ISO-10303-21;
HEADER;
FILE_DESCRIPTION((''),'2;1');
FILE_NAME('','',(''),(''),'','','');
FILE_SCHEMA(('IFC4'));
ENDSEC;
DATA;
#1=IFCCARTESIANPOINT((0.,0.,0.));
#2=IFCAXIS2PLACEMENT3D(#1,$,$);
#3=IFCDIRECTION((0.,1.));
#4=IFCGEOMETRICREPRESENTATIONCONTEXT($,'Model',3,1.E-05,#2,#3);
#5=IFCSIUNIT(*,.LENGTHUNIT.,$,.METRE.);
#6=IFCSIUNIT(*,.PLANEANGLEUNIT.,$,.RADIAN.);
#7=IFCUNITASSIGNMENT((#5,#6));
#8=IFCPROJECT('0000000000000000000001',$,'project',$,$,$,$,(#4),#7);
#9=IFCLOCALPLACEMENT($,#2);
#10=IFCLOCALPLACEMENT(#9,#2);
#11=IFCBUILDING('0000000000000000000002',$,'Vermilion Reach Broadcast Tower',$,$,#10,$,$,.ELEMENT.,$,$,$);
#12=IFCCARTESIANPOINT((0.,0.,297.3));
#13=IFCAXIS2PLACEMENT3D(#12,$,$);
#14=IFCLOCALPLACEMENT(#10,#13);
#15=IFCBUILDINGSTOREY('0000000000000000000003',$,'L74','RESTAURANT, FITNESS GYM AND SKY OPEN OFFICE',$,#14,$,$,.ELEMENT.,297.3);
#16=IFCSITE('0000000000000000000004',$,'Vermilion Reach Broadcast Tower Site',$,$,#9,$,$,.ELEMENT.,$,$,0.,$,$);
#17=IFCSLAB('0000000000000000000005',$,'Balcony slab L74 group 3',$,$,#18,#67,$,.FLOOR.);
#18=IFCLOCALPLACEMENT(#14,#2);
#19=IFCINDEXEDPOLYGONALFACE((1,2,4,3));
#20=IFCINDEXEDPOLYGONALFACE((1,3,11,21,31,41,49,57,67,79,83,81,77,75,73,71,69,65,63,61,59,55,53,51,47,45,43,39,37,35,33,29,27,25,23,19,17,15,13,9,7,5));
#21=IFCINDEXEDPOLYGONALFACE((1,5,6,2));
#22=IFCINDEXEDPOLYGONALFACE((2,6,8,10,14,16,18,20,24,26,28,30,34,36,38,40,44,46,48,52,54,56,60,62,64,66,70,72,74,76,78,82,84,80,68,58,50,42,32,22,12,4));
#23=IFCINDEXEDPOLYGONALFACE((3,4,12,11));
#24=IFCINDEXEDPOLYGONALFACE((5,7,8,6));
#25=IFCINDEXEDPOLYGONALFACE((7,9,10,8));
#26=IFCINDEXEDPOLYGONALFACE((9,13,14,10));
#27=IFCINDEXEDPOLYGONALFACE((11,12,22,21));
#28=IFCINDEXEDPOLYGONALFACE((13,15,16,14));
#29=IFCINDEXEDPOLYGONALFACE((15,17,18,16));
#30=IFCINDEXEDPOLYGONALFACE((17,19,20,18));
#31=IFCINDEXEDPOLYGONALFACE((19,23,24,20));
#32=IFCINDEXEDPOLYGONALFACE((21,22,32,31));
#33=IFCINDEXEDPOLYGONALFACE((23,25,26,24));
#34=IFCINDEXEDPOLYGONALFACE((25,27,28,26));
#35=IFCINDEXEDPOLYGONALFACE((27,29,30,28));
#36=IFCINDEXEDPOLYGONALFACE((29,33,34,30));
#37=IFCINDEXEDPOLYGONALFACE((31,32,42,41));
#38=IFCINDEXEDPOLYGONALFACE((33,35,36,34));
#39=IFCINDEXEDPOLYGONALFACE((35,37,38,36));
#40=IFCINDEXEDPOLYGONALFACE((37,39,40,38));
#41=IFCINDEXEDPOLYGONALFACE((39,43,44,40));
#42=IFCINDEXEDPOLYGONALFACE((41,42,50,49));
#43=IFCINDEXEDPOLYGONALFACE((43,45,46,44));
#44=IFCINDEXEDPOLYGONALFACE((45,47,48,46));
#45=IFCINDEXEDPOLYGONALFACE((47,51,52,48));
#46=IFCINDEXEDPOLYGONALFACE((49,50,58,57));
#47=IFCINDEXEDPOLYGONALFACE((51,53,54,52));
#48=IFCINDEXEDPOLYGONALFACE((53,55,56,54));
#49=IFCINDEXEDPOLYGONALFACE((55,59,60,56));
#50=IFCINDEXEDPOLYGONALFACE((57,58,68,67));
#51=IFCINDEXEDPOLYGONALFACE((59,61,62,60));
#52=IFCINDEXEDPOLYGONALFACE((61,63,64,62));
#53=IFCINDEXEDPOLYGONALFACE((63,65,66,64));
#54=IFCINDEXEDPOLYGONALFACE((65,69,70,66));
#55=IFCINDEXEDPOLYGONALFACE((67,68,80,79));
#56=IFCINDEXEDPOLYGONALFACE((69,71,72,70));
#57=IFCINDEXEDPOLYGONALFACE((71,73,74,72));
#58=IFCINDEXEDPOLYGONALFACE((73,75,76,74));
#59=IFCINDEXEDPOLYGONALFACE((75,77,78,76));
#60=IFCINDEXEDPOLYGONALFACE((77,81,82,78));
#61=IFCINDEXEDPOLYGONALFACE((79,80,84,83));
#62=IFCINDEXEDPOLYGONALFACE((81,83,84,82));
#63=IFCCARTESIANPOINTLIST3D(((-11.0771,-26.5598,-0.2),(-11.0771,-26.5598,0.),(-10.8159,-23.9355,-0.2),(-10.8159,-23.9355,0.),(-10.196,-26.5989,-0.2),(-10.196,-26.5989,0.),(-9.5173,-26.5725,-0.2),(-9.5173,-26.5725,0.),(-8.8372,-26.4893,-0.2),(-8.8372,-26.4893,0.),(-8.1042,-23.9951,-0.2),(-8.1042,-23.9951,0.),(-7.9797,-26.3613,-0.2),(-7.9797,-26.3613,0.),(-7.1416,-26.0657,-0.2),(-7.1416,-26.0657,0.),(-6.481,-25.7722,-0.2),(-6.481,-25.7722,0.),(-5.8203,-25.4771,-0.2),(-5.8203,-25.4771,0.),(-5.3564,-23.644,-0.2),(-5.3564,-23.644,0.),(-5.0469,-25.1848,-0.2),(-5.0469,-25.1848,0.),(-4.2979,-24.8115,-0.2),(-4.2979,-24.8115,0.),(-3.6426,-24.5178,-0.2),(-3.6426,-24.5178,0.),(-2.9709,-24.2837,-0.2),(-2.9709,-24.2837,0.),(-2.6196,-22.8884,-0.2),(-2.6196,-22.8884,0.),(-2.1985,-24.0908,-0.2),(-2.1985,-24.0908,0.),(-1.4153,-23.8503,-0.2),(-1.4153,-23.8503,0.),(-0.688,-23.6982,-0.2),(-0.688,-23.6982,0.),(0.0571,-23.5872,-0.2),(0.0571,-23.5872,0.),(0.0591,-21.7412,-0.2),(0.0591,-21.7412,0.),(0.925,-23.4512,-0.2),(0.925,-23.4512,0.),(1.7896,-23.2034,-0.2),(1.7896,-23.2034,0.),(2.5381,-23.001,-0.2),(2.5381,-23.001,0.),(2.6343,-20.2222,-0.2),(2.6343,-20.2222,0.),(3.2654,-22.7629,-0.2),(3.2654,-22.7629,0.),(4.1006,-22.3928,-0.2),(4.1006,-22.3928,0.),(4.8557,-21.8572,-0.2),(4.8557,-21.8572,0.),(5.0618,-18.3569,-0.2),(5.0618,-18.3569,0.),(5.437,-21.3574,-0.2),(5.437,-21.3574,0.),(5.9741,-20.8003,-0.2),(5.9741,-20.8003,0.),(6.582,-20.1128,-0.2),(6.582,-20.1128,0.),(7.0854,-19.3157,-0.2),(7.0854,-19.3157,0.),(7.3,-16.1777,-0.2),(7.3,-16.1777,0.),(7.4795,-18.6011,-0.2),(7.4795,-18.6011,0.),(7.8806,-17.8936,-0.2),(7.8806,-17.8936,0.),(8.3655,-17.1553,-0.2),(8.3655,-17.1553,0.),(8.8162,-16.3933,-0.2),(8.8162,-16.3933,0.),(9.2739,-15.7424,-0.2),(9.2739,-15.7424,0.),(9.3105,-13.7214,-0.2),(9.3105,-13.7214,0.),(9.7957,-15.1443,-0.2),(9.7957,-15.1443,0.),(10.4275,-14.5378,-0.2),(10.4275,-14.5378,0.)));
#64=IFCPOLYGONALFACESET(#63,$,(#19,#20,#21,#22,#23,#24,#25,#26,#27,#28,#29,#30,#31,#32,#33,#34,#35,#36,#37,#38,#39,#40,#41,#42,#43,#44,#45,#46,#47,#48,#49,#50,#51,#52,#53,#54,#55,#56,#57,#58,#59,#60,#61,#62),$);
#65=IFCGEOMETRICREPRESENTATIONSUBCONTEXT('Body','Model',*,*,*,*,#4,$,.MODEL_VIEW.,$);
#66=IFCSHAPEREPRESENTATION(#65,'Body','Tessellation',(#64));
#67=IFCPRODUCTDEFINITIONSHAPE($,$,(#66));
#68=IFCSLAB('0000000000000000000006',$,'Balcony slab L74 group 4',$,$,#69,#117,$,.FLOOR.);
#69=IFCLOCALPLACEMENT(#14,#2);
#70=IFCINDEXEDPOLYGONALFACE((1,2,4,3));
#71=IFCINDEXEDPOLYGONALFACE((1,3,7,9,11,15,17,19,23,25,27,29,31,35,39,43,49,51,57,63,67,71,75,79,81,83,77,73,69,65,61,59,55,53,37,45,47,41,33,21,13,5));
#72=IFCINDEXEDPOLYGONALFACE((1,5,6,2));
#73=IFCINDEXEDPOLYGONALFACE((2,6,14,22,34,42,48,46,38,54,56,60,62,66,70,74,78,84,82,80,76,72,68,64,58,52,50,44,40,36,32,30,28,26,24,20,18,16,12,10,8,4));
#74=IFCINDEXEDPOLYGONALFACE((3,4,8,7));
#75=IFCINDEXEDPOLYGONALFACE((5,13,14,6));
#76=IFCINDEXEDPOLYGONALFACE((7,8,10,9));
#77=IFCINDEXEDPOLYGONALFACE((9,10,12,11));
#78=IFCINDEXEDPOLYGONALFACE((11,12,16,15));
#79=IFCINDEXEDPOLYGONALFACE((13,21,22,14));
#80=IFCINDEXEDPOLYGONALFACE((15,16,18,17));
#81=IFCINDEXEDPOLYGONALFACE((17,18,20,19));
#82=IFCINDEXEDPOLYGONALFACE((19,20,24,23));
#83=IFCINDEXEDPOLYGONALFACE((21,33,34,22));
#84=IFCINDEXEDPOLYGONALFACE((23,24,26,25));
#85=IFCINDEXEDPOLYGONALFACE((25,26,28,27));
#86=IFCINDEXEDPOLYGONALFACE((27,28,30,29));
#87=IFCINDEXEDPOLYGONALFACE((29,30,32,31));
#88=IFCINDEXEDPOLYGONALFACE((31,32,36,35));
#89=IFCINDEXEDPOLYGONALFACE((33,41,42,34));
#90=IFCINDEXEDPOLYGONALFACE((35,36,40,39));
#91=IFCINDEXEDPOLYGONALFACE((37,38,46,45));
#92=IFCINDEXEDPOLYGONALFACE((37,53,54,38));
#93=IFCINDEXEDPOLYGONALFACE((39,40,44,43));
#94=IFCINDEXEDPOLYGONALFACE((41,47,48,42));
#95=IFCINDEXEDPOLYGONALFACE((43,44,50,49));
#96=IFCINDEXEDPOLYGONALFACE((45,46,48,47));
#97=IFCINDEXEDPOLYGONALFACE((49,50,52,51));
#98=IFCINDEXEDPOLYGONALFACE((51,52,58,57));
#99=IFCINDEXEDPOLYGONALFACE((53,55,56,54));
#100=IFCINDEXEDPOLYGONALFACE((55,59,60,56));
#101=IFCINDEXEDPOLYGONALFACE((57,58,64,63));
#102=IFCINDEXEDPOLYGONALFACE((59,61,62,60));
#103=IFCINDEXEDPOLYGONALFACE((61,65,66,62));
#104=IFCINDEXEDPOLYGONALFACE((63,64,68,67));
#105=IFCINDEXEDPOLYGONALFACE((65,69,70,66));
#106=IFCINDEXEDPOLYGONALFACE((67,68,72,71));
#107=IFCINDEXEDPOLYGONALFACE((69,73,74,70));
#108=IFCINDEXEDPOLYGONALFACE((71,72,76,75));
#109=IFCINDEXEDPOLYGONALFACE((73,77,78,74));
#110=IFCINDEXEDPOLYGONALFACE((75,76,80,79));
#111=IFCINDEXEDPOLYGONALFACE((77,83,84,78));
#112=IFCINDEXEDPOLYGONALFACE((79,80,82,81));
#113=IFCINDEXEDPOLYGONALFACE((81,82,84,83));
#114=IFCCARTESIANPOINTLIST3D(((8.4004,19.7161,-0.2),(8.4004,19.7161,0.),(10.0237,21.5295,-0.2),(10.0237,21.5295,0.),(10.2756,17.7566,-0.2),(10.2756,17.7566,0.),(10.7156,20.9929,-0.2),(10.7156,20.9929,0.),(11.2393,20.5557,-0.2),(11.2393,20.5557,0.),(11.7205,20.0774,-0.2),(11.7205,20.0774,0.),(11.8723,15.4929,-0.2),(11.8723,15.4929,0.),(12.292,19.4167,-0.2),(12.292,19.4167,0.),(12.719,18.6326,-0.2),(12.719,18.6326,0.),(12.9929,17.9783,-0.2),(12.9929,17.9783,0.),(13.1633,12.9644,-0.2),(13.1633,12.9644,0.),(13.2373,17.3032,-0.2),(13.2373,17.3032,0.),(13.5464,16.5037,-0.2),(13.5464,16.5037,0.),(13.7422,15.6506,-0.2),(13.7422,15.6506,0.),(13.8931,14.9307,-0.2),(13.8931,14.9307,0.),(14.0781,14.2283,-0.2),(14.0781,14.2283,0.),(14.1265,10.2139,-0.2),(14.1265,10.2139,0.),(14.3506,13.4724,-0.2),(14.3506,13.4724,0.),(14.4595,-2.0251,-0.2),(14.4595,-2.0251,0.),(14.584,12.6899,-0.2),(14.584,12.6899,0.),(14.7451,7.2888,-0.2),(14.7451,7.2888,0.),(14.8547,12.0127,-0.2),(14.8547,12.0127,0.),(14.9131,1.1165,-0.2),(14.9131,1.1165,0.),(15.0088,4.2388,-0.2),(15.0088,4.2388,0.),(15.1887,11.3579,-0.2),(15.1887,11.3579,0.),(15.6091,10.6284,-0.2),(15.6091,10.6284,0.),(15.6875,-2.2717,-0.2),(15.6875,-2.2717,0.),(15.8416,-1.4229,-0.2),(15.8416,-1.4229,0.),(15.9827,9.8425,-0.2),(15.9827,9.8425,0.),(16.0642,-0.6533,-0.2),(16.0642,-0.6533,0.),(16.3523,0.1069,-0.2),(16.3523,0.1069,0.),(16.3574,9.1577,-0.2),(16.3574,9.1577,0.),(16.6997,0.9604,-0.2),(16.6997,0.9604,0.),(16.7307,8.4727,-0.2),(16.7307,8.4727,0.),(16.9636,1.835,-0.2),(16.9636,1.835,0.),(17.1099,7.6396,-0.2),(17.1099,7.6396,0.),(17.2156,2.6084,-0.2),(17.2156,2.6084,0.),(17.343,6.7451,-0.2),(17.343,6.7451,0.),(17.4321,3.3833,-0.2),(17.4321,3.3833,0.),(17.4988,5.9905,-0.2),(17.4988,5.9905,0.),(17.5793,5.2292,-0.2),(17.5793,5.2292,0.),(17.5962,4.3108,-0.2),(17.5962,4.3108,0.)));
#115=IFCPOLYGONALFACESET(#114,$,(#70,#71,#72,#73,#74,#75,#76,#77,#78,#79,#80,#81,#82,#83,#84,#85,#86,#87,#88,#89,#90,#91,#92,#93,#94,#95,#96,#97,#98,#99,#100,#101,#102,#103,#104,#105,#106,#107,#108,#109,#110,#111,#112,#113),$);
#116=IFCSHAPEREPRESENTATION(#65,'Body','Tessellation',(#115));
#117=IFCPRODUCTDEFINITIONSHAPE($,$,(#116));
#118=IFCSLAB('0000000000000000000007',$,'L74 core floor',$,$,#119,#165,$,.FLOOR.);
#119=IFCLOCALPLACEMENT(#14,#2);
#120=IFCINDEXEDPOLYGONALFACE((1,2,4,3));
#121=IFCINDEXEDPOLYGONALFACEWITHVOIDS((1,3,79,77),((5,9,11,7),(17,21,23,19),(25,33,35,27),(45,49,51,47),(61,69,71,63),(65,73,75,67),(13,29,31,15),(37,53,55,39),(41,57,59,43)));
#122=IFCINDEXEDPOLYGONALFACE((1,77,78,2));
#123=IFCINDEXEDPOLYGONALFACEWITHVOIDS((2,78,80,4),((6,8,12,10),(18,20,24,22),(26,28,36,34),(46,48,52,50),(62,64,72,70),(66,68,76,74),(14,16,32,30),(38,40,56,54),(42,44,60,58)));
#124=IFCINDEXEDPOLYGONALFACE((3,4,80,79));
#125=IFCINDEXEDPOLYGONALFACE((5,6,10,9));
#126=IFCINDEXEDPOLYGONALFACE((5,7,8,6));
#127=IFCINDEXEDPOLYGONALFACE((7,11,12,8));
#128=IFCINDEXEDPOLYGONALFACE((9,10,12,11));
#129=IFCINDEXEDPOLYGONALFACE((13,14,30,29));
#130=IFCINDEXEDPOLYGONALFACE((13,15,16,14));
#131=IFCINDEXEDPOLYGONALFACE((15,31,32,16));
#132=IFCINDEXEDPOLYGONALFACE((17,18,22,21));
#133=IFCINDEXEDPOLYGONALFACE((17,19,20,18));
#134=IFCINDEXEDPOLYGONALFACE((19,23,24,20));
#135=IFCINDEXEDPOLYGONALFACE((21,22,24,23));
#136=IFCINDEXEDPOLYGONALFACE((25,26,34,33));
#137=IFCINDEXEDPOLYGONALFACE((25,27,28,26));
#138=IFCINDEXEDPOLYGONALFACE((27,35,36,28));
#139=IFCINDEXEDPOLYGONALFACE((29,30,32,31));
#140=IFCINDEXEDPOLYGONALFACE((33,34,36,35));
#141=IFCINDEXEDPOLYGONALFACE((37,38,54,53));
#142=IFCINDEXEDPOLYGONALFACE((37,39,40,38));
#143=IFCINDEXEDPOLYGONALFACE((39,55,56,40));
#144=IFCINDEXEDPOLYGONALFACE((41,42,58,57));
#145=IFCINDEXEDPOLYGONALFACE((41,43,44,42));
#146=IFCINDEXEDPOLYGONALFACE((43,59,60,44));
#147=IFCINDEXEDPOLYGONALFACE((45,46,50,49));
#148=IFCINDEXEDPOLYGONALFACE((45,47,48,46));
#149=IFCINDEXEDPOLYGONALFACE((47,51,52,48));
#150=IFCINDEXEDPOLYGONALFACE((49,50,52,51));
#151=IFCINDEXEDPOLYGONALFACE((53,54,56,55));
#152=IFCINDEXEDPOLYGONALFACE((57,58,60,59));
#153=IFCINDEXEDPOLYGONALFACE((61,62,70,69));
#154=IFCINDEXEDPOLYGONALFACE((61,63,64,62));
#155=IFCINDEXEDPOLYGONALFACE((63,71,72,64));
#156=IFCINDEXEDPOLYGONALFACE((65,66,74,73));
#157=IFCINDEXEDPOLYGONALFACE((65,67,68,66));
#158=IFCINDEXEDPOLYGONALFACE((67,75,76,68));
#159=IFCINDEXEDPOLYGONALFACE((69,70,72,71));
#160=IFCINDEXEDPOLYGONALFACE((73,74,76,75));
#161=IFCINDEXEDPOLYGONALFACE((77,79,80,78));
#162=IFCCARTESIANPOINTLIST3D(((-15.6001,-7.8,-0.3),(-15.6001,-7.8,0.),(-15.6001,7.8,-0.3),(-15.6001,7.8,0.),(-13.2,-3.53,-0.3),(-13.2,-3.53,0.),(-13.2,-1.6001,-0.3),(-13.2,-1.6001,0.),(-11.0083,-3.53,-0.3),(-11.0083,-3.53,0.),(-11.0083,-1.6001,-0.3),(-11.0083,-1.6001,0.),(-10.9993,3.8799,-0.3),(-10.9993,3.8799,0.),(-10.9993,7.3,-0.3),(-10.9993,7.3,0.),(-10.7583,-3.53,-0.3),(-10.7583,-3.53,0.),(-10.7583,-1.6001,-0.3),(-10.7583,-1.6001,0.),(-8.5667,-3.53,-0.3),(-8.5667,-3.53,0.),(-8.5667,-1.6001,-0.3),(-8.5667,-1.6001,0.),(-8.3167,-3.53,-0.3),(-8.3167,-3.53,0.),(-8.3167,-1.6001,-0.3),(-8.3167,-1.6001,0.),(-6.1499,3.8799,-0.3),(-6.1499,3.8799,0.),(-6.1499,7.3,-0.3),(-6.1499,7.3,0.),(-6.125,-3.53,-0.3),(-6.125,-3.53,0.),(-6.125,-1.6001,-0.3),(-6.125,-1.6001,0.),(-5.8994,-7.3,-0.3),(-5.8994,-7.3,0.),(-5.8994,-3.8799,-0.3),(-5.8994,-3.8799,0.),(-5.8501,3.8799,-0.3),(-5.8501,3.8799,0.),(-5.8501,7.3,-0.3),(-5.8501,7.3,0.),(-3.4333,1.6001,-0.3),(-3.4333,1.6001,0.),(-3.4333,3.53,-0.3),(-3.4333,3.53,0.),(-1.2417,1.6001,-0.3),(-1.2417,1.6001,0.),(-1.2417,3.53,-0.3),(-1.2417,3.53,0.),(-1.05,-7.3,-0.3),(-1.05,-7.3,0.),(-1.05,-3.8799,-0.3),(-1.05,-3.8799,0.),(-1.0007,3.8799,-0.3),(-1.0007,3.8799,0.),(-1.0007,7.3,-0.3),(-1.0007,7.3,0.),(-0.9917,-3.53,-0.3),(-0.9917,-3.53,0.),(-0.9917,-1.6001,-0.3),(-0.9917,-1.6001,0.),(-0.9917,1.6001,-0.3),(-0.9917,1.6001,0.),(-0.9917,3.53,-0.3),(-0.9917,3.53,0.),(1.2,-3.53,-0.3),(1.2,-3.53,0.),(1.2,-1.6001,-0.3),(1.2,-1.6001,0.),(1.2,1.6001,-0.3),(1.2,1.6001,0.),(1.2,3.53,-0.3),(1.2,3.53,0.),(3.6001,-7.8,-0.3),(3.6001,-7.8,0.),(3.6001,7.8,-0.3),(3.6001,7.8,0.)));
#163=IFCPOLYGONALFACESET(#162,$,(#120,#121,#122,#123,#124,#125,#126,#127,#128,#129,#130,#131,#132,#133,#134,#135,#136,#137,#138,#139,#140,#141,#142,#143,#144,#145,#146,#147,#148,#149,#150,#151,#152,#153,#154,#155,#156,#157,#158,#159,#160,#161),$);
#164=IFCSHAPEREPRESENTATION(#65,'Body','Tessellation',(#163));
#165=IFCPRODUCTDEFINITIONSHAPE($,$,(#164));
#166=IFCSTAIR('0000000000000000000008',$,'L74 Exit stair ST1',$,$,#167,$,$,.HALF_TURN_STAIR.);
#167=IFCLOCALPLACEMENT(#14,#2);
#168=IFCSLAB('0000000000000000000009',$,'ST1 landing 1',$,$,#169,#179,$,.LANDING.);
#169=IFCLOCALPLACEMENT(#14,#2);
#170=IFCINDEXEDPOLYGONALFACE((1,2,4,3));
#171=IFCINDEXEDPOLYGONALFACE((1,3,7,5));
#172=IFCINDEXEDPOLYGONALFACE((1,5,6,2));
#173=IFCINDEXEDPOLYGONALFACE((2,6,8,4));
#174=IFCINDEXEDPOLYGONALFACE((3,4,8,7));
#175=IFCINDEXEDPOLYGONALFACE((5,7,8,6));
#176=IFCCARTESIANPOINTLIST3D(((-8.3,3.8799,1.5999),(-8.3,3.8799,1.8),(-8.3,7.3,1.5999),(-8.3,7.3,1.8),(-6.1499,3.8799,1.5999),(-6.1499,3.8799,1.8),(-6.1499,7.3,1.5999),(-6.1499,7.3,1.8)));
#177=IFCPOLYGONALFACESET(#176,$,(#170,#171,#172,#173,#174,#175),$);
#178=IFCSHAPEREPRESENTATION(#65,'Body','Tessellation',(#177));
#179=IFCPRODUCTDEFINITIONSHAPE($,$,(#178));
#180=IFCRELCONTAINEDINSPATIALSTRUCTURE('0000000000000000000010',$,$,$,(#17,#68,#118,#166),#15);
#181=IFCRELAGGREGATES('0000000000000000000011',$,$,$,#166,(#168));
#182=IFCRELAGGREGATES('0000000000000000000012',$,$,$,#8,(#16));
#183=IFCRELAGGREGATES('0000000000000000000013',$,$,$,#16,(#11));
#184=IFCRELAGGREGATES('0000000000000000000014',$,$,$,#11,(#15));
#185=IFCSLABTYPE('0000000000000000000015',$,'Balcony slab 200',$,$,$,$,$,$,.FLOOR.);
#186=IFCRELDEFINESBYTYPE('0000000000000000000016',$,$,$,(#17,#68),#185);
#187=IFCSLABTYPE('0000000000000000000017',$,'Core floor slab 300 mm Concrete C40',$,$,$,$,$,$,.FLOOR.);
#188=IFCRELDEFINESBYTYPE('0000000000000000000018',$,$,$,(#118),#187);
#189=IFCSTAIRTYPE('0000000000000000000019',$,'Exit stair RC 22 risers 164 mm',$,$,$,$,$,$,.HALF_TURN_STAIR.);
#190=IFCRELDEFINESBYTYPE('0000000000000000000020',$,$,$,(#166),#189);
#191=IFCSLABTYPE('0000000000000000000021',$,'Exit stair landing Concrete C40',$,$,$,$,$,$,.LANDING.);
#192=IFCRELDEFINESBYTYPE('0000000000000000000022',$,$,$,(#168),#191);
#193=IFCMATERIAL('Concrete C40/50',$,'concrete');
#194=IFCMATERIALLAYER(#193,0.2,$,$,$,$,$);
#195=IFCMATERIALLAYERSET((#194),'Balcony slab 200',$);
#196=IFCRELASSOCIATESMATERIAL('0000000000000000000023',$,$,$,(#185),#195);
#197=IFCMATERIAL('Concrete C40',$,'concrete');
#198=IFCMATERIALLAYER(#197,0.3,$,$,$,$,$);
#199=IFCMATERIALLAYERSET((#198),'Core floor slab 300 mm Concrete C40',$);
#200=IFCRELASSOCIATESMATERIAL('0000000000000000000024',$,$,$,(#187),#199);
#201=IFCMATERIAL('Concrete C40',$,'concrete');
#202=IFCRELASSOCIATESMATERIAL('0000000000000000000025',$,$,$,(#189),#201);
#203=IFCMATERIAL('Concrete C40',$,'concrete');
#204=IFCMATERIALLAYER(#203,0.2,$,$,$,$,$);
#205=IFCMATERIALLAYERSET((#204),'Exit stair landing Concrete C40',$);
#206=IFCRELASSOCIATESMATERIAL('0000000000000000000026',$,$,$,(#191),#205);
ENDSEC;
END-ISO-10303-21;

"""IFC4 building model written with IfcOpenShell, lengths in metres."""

from ifc_helpers import new_model, si_unit, direction, frame, origin, place, context, subcontext, project, spatial, polyline, outline, extrude, material, layer, layer_set, type_object, element, aggregate, save


model = new_model("IFC4")

# Units and contexts
model_context = context("Model", 3, precision=1e-05, world=origin(), true_north=direction((0.0, 1.0)))
body_context = subcontext(model_context, "Body", "Model", "MODEL_VIEW")
ifc_project = project(units=[si_unit("LENGTHUNIT", "METRE"), si_unit("PLANEANGLEUNIT", "RADIAN")], contexts=[model_context])

# Site, building, storey
site_placement = place(None, origin())
site = spatial("IfcSite", under=ifc_project, at=site_placement, Name="Vermilion Reach Broadcast Tower Site", CompositionType="ELEMENT", RefElevation=0.0)
building_placement = place(site_placement, origin())
building = spatial("IfcBuilding", under=site, at=building_placement, Name="Vermilion Reach Broadcast Tower", CompositionType="ELEMENT")
storey_placement = place(building_placement, frame((0.0, 0.0, 297.3)))
storey = spatial("IfcBuildingStorey", under=building, at=storey_placement, Name="L74", Description="RESTAURANT, FITNESS GYM AND SKY OPEN OFFICE", CompositionType="ELEMENT", Elevation=297.3)

# Slabs
ifc_material_1 = material(Name="Concrete C40/50", Category="concrete")
ifc_layer_1 = layer(ifc_material_1, 0.2)
ifc_layer_set_1 = layer_set([ifc_layer_1], Name="Balcony slab 200")
slab_type_1 = type_object("IfcSlabType", Name="Balcony slab 200", PredefinedType="FLOOR", material=ifc_layer_set_1)
placement_1 = place(storey_placement, frame((0.0, 0.0, -0.2)))
element("IfcSlab", 1, at=placement_1, inside=storey, type_object=slab_type_1, Name="Balcony slab L74 group 3", PredefinedType="FLOOR", context=body_context, shape_type="SweptSolid", body=[
    extrude(outline(polyline([(-10.8159, -23.9355), (-8.1042, -23.9951), (-5.3564, -23.644), (-2.6196, -22.8884), (0.0591, -21.7412), (2.6343, -20.2222), (5.0618, -18.3569), (7.3, -16.1777), (9.3105, -13.7214), (10.4275, -14.5378), (9.7957, -15.1443), (9.2739, -15.7424), (8.8162, -16.3933), (8.3655, -17.1553), (7.8806, -17.8936), (7.4795, -18.6011), (7.0854, -19.3157), (6.582, -20.1128), (5.9741, -20.8003), (5.437, -21.3574), (4.8557, -21.8572), (4.1006, -22.3928), (3.2654, -22.7629), (2.5381, -23.001), (1.7896, -23.2034), (0.925, -23.4512), (0.0571, -23.5872), (-0.688, -23.6982), (-1.4153, -23.8503), (-2.1985, -24.0908), (-2.9709, -24.2837), (-3.6426, -24.5178), (-4.2979, -24.8115), (-5.0469, -25.1848), (-5.8203, -25.4771), (-6.481, -25.7722), (-7.1416, -26.0657), (-7.9797, -26.3613), (-8.8372, -26.4893), (-9.5173, -26.5725), (-10.196, -26.5989), (-11.0771, -26.5598), (-10.8159, -23.9355)])), origin(), (0.0, 0.0, 1.0), 0.2),
])
element("IfcSlab", 2, at=placement_1, inside=storey, type_object=slab_type_1, Name="Balcony slab L74 group 4", PredefinedType="FLOOR", context=body_context, shape_type="SweptSolid", body=[
    extrude(outline(polyline([(14.4595, -2.0251), (14.9131, 1.1165), (15.0088, 4.2388), (14.7451, 7.2888), (14.1265, 10.2139), (13.1633, 12.9644), (11.8723, 15.4929), (10.2756, 17.7566), (8.4004, 19.7161), (10.0237, 21.5295), (10.7156, 20.9929), (11.2393, 20.5557), (11.7205, 20.0774), (12.292, 19.4167), (12.719, 18.6326), (12.9929, 17.9783), (13.2373, 17.3032), (13.5464, 16.5037), (13.7422, 15.6506), (13.8931, 14.9307), (14.0781, 14.2283), (14.3506, 13.4724), (14.584, 12.6899), (14.8547, 12.0127), (15.1887, 11.3579), (15.6091, 10.6284), (15.9827, 9.8425), (16.3574, 9.1577), (16.7307, 8.4727), (17.1099, 7.6396), (17.343, 6.7451), (17.4988, 5.9905), (17.5793, 5.2292), (17.5962, 4.3108), (17.4321, 3.3833), (17.2156, 2.6084), (16.9636, 1.835), (16.6997, 0.9604), (16.3523, 0.1069), (16.0642, -0.6533), (15.8416, -1.4229), (15.6875, -2.2717), (14.4595, -2.0251)])), origin(), (0.0, 0.0, 1.0), 0.2),
])
ifc_material_2 = material(Name="Concrete C40", Category="concrete")
ifc_layer_2 = layer(ifc_material_2, 0.3)
ifc_layer_set_2 = layer_set([ifc_layer_2], Name="Core floor slab 300 mm Concrete C40")
slab_type_2 = type_object("IfcSlabType", Name="Core floor slab 300 mm Concrete C40", PredefinedType="FLOOR", material=ifc_layer_set_2)
slab_1_placement = place(storey_placement, frame((0.0, 0.0, -0.3)))
element("IfcSlab", 3, at=slab_1_placement, inside=storey, type_object=slab_type_2, Name="L74 core floor", PredefinedType="FLOOR", context=body_context, shape_type="SweptSolid", body=[
    extrude(outline(polyline([(-15.6001, -7.8), (3.6001, -7.8), (3.6001, 7.8), (-15.6001, 7.8), (-15.6001, -7.8)]), holes=[polyline([(-3.4333, 1.6001), (-1.2417, 1.6001), (-1.2417, 3.53), (-3.4333, 3.53), (-3.4333, 1.6001)]), polyline([(-0.9917, 1.6001), (1.2, 1.6001), (1.2, 3.53), (-0.9917, 3.53), (-0.9917, 1.6001)]), polyline([(-13.2, -3.53), (-11.0083, -3.53), (-11.0083, -1.6001), (-13.2, -1.6001), (-13.2, -3.53)]), polyline([(-10.7583, -3.53), (-8.5667, -3.53), (-8.5667, -1.6001), (-10.7583, -1.6001), (-10.7583, -3.53)]), polyline([(-8.3167, -3.53), (-6.125, -3.53), (-6.125, -1.6001), (-8.3167, -1.6001), (-8.3167, -3.53)]), polyline([(-0.9917, -3.53), (1.2, -3.53), (1.2, -1.6001), (-0.9917, -1.6001), (-0.9917, -3.53)]), polyline([(-10.9993, 3.8799), (-6.1499, 3.8799), (-6.1499, 7.3), (-10.9993, 7.3), (-10.9993, 3.8799)]), polyline([(-1.0007, 7.3), (-5.8501, 7.3), (-5.8501, 3.8799), (-1.0007, 3.8799), (-1.0007, 7.3)]), polyline([(-5.8994, -7.3), (-1.05, -7.3), (-1.05, -3.8799), (-5.8994, -3.8799), (-5.8994, -7.3)])]), origin(), (0.0, 0.0, 1.0), 0.3),
])

# Stair, slab
ifc_material_3 = material(Name="Concrete C40", Category="concrete")
stair_type = type_object("IfcStairType", Name="Exit stair RC 22 risers 164 mm", PredefinedType="HALF_TURN_STAIR", material=ifc_material_3)
placement_2 = place(storey_placement, origin())
stair_1 = element("IfcStair", 4, at=placement_2, inside=storey, type_object=stair_type, Name="L74 Exit stair ST1", PredefinedType="HALF_TURN_STAIR")
ifc_material_4 = material(Name="Concrete C40", Category="concrete")
ifc_layer_3 = layer(ifc_material_4, 0.2)
ifc_layer_set_3 = layer_set([ifc_layer_3], Name="Exit stair landing Concrete C40")
slab_type_3 = type_object("IfcSlabType", Name="Exit stair landing Concrete C40", PredefinedType="LANDING", material=ifc_layer_set_3)
slab_2_placement = place(storey_placement, frame((0.0, 0.0, 1.5999)))
slab_2 = element("IfcSlab", 5, at=slab_2_placement, type_object=slab_type_3, Name="ST1 landing 1", PredefinedType="LANDING", context=body_context, shape_type="SweptSolid", body=[
    extrude(outline(polyline([(-8.3, 3.8799), (-6.1499, 3.8799), (-6.1499, 7.3), (-8.3, 7.3), (-8.3, 3.8799)])), origin(), (0.0, 0.0, 1.0), 0.2002),
])
aggregate(stair_1, [slab_2])

save(model, "model.ifc")
